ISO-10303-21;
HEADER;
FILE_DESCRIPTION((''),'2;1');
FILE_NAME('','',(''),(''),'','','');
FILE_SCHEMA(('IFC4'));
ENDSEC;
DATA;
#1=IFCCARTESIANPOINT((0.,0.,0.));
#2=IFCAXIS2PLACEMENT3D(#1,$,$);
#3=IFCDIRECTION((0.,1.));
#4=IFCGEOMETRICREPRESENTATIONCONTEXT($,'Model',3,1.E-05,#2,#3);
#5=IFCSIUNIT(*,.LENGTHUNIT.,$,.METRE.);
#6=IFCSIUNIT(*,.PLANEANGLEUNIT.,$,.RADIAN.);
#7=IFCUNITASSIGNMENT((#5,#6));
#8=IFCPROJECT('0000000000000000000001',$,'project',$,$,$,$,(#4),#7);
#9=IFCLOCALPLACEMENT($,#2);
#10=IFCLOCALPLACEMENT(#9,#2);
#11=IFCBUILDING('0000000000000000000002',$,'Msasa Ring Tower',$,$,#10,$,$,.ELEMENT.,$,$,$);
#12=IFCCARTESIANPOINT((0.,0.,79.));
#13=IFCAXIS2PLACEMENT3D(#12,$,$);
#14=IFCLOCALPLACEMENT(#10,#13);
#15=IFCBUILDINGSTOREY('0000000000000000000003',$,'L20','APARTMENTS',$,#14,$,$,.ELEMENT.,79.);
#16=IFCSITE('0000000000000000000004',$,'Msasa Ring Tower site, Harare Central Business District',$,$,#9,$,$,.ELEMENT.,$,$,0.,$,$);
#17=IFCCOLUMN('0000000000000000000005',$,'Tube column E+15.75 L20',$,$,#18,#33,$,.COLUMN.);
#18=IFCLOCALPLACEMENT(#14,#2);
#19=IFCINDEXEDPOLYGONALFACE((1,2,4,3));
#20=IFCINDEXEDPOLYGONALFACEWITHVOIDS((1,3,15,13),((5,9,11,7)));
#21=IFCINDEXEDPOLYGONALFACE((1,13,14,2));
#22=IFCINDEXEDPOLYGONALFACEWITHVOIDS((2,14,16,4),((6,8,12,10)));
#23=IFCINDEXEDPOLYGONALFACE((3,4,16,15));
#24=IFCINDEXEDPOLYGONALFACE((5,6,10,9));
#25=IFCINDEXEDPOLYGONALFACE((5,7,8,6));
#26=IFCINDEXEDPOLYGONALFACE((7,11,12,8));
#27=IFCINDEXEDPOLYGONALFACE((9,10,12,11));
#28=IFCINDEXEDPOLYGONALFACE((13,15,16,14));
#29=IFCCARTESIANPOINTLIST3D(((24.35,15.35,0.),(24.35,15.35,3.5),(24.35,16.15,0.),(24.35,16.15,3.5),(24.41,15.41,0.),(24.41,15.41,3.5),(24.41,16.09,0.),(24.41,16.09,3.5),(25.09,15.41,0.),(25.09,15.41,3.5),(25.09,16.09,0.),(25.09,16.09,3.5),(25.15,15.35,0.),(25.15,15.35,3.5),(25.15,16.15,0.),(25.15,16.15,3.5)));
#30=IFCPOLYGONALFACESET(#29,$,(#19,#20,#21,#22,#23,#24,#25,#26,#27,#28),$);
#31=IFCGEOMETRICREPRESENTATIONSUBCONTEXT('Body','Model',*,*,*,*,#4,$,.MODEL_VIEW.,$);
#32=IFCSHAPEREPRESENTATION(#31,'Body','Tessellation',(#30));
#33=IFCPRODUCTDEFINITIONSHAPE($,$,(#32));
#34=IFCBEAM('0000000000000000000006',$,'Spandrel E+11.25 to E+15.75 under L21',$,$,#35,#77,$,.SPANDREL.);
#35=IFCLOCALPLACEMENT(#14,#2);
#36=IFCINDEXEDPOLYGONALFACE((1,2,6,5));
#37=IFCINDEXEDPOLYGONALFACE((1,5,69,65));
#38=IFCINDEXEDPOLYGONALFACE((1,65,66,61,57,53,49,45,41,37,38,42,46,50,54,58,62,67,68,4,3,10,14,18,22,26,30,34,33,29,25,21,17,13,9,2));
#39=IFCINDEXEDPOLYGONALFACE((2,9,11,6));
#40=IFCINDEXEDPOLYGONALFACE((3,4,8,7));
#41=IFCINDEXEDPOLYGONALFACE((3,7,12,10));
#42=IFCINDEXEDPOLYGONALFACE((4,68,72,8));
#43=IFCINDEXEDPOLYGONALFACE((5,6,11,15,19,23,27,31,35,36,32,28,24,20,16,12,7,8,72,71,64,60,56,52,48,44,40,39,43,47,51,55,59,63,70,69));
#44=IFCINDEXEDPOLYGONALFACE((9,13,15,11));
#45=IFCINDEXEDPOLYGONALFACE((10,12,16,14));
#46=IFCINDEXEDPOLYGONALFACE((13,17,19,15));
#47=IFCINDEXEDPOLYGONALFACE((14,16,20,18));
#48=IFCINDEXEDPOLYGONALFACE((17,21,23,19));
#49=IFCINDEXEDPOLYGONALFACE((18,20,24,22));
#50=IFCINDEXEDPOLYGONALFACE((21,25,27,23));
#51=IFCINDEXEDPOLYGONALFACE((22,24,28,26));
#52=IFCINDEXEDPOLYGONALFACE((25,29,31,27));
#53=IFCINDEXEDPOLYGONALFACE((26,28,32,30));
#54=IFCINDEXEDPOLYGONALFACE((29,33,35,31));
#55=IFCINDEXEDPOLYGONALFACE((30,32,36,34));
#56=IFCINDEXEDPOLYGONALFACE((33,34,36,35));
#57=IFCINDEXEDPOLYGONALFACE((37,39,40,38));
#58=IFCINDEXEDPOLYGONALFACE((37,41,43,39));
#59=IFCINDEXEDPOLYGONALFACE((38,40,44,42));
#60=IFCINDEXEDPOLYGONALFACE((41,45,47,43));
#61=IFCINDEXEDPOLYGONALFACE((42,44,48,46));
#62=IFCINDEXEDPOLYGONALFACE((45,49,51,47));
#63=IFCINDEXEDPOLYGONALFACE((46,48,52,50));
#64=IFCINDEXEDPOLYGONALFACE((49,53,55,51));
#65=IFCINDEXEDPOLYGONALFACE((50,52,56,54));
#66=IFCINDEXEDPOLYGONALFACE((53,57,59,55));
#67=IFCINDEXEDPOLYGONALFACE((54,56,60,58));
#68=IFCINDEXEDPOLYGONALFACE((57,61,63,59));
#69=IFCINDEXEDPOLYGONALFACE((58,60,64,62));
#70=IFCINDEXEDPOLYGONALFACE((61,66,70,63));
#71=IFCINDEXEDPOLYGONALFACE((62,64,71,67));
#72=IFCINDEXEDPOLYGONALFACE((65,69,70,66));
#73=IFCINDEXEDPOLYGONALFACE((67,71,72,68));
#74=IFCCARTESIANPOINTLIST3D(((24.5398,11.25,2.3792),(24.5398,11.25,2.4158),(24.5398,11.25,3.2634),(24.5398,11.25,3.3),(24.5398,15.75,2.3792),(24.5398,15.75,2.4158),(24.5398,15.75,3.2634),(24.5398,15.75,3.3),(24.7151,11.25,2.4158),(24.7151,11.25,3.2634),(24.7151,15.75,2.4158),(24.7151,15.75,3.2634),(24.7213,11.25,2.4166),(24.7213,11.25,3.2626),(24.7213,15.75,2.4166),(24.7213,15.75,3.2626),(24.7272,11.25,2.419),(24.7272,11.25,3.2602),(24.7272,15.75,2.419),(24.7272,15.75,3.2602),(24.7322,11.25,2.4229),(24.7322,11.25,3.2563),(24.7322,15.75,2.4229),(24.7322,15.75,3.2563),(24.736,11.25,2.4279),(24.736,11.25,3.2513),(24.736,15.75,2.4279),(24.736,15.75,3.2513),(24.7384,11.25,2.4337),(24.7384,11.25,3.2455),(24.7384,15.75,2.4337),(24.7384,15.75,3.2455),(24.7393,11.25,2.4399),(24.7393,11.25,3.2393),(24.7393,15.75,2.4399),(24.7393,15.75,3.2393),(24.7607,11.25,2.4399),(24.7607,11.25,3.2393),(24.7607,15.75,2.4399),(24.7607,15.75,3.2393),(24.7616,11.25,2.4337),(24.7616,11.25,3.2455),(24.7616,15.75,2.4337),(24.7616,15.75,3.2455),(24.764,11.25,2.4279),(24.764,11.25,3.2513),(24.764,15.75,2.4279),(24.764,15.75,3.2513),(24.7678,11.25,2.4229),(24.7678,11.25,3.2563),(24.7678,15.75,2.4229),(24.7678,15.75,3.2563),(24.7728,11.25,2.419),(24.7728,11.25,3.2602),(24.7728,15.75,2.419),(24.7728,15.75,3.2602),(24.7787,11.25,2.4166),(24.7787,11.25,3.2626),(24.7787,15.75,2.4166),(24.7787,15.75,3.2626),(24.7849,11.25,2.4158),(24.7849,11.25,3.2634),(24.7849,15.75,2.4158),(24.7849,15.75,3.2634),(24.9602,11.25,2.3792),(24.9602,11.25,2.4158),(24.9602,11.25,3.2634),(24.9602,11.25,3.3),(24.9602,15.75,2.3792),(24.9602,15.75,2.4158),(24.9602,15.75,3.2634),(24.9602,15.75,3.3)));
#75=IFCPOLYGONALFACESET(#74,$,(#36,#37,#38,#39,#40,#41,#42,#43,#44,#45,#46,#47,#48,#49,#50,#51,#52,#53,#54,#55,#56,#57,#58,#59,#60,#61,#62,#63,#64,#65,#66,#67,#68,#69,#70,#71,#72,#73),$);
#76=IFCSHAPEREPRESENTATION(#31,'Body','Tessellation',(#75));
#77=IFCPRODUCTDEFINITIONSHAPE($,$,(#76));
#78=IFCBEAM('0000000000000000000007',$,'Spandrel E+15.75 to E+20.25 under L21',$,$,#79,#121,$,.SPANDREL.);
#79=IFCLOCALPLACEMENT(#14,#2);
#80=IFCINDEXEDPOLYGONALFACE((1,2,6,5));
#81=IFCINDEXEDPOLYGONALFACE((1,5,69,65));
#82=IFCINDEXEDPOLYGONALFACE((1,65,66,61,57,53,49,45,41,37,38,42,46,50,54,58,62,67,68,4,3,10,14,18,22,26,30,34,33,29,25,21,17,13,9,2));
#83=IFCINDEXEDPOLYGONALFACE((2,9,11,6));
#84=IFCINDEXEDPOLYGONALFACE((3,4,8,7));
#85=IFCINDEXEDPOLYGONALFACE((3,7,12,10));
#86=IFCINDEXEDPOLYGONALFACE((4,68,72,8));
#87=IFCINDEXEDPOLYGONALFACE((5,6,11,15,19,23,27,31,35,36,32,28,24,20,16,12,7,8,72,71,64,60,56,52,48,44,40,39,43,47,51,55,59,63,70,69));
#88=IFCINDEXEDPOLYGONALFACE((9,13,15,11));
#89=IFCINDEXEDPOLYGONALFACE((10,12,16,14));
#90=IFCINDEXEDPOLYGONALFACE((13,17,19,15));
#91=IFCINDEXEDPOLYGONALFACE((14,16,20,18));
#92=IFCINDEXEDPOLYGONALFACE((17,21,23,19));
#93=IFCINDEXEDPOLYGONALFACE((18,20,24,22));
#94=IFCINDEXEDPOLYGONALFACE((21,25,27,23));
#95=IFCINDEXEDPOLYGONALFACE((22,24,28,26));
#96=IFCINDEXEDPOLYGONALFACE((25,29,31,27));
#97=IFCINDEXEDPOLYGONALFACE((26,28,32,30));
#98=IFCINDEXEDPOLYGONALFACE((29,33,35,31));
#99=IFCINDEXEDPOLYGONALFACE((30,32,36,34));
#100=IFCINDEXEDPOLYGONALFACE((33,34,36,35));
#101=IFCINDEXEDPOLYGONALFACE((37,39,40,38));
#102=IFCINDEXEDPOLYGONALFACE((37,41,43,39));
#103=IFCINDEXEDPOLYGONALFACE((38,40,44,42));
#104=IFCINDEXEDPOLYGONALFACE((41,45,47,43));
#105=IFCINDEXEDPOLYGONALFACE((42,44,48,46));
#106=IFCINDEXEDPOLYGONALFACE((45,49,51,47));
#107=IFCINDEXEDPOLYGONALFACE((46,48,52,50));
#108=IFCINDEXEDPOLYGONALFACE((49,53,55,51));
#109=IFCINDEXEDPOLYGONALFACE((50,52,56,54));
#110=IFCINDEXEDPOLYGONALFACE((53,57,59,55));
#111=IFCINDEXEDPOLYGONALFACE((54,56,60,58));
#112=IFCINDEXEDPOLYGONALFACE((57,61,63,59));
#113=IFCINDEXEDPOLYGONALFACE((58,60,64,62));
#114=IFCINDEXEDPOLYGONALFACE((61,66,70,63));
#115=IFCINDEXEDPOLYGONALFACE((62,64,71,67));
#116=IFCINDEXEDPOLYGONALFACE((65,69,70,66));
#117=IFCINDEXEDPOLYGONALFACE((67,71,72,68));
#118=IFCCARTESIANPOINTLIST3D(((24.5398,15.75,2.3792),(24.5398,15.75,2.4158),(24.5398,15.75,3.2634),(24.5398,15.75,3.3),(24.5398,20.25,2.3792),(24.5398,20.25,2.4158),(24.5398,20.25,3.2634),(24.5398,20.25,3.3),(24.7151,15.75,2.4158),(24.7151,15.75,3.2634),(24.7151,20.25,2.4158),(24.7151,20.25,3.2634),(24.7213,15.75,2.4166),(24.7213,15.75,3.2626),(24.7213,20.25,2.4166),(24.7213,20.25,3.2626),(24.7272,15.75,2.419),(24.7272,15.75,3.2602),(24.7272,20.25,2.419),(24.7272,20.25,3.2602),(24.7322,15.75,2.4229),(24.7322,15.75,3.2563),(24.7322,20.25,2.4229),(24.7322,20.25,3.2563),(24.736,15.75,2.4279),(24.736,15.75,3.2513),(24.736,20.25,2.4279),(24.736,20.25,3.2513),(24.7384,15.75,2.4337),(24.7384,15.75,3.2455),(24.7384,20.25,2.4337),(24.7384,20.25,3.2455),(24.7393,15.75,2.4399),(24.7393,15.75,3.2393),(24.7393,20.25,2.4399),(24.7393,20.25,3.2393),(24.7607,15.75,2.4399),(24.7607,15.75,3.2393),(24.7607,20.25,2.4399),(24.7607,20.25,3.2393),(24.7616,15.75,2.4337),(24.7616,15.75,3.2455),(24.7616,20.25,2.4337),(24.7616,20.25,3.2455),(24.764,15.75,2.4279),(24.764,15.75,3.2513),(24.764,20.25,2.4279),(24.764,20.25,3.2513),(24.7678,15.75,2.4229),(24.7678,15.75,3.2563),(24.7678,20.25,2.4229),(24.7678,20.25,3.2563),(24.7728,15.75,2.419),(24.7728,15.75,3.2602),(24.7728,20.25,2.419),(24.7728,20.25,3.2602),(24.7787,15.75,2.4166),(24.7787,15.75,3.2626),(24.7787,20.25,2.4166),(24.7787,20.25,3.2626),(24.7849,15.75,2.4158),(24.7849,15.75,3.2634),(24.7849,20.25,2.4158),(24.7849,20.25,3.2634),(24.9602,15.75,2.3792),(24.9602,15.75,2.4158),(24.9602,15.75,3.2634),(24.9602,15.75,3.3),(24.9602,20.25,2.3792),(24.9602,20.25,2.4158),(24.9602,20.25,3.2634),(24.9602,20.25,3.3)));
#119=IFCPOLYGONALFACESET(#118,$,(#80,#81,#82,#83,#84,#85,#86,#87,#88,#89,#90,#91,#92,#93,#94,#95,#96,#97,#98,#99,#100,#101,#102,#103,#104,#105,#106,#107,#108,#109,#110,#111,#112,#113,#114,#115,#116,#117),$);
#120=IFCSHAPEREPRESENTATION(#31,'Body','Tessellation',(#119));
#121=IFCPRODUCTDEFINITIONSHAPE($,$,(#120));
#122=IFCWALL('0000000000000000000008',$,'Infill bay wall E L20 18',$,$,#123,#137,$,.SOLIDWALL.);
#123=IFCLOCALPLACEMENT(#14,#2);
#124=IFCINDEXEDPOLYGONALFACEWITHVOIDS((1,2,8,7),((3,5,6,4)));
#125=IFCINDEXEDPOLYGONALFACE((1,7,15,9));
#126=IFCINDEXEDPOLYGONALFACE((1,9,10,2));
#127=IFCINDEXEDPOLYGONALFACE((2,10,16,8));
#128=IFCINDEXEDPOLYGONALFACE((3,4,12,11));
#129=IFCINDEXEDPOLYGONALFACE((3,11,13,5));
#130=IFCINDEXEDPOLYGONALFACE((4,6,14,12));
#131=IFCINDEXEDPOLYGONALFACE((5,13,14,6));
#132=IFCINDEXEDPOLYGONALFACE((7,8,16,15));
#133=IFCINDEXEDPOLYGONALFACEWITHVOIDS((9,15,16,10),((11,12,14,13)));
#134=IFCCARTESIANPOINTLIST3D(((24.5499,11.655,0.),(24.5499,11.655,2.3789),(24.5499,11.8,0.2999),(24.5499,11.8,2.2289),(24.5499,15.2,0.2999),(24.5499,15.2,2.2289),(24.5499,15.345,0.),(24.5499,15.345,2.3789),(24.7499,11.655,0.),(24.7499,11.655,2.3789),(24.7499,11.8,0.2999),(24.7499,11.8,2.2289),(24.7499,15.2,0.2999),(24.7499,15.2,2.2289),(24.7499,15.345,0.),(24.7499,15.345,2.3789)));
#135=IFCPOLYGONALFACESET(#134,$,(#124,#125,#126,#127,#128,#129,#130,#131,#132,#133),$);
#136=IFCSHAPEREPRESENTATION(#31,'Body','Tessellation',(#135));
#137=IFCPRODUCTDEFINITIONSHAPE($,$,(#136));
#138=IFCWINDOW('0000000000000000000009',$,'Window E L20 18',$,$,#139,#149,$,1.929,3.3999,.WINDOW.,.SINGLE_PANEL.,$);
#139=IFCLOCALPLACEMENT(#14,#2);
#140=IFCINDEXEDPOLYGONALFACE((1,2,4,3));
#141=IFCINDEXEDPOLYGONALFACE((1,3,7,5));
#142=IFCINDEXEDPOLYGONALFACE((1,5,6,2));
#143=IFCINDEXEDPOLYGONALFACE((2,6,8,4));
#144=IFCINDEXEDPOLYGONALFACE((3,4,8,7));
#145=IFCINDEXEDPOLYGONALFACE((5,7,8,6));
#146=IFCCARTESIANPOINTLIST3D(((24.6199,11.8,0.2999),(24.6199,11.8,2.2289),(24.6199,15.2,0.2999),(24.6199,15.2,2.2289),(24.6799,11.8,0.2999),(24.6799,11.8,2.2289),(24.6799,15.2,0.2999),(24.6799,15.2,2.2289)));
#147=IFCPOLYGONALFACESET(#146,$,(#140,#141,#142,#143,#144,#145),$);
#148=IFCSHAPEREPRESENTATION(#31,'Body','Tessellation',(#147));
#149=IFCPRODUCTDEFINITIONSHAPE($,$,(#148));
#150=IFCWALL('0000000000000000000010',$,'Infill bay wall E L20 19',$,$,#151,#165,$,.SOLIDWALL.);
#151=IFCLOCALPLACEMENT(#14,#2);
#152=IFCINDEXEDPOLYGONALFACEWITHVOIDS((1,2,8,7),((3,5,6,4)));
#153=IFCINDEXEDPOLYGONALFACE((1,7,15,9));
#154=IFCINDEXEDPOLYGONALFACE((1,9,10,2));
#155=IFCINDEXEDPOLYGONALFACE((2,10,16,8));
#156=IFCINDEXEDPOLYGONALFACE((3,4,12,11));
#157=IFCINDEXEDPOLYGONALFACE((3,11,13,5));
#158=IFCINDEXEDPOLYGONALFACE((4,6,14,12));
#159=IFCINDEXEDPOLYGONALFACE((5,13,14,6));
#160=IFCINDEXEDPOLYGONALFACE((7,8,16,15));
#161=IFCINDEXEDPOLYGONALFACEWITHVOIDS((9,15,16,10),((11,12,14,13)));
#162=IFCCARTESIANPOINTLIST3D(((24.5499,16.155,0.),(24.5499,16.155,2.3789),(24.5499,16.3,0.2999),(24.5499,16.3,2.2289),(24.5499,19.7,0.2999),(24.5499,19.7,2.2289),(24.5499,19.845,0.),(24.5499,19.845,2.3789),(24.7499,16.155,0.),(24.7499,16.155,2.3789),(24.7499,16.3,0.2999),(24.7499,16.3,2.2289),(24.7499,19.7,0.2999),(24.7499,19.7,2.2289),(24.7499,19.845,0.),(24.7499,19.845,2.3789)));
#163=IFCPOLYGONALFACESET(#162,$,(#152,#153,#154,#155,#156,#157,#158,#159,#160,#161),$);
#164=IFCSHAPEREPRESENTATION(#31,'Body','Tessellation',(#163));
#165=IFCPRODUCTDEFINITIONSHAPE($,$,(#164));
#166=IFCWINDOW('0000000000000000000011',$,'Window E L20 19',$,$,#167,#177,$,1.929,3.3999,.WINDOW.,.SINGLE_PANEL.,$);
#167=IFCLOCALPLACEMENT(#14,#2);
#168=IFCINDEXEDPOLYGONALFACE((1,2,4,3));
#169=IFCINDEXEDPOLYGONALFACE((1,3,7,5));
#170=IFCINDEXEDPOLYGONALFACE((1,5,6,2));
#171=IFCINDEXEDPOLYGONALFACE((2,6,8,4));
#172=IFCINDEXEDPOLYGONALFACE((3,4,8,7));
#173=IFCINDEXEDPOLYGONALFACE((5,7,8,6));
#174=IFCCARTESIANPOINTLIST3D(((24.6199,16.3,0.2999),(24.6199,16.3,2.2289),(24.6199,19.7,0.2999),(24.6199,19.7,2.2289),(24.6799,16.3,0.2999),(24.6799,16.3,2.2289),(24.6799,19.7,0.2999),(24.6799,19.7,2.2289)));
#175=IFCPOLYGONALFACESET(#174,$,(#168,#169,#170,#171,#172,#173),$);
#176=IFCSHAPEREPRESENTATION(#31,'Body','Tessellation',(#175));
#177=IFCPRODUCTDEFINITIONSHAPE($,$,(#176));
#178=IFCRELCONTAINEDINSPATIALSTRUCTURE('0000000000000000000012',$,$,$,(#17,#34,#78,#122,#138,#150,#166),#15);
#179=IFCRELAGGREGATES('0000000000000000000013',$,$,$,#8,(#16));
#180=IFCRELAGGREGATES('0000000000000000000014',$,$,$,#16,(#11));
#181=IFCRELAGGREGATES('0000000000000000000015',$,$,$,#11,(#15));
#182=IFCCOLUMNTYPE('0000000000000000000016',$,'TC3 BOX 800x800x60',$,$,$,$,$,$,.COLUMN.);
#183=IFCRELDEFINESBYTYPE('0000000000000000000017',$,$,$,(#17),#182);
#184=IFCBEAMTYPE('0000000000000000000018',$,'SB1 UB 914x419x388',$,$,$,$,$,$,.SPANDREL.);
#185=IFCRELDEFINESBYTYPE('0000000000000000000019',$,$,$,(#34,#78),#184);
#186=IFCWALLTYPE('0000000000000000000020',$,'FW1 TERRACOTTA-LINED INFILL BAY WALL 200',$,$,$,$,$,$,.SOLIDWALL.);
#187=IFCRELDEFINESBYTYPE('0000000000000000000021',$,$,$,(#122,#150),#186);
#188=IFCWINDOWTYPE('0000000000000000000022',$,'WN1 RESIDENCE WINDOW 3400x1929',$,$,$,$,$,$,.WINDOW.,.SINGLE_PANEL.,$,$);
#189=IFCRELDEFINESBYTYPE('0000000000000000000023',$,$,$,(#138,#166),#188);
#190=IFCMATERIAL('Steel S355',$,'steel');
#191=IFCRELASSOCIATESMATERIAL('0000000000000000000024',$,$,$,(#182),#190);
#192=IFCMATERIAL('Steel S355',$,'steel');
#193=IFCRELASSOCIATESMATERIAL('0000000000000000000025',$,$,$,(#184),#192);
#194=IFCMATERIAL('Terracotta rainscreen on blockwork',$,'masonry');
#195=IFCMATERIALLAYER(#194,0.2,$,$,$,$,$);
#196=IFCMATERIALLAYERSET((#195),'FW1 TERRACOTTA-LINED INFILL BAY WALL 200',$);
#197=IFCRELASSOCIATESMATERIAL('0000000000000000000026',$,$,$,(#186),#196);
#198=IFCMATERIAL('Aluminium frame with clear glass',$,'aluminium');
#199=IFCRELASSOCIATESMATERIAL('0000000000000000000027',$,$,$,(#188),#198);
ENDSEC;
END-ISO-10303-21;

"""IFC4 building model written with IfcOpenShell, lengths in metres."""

from ifc_helpers import new_model, si_unit, direction, frame, frame_2d, origin, origin_2d, place, context, subcontext, project, spatial, rectangle, hollow_rectangle, i_section, extrude, material, layer, layer_set, material_profile, profile_set, type_object, element, fill, save


model = new_model("IFC4")

# Units and contexts
model_context = context("Model", 3, precision=1e-05, world=origin(), true_north=direction((0.0, 1.0)))
body_context = subcontext(model_context, "Body", "Model", "MODEL_VIEW")
ifc_project = project(units=[si_unit("LENGTHUNIT", "METRE"), si_unit("PLANEANGLEUNIT", "RADIAN")], contexts=[model_context])

# Site, building, storey
site_placement = place(None, origin())
site = spatial("IfcSite", under=ifc_project, at=site_placement, Name="Msasa Ring Tower site, Harare Central Business District", CompositionType="ELEMENT", RefElevation=0.0)
building_placement = place(site_placement, origin())
building = spatial("IfcBuilding", under=site, at=building_placement, Name="Msasa Ring Tower", CompositionType="ELEMENT")
storey_placement = place(building_placement, frame((0.0, 0.0, 79.0)))
storey = spatial("IfcBuildingStorey", under=building, at=storey_placement, Name="L20", Description="APARTMENTS", CompositionType="ELEMENT", Elevation=79.0)

# Column
ifc_material_1 = material(Name="Steel S355", Category="steel")
ifc_material_profile_1 = material_profile(ifc_material_1, hollow_rectangle(XDim=0.8, YDim=0.8, WallThickness=0.0601, at=origin_2d()), Name="BOX 800x800x60")
ifc_profile_set_1 = profile_set([ifc_material_profile_1], Name="Steel S355")
column_type = type_object("IfcColumnType", Name="TC3 BOX 800x800x60", PredefinedType="COLUMN", material=ifc_profile_set_1)
column_placement = place(storey_placement, frame((24.75, 15.75, 0.0), z_axis=(0.0, 0.0, 1.0), x_axis=(1.0, 0.0, 0.0)))
element("IfcColumn", 1, at=column_placement, inside=storey, type_object=column_type, Name="Tube column E+15.75 L20", PredefinedType="COLUMN", context=body_context, shape_type="SweptSolid", body=[
    extrude(hollow_rectangle(XDim=0.8, YDim=0.8, WallThickness=0.0601, at=origin_2d()), origin(), (0.0, 0.0, 1.0), 3.5),
])

# Beams
ifc_material_2 = material(Name="Steel S355", Category="steel")
ifc_material_profile_2 = material_profile(ifc_material_2, i_section(OverallWidth=0.4204, OverallDepth=0.9209, WebThickness=0.0215, FlangeThickness=0.0366, FilletRadius=0.0242, at=origin_2d()), Name="UB 914x419x388")
ifc_profile_set_2 = profile_set([ifc_material_profile_2], Name="Steel S355")
beam_type = type_object("IfcBeamType", Name="SB1 UB 914x419x388", PredefinedType="SPANDREL", material=ifc_profile_set_2)
for number, where, z_axis, x_axis, name in (
    (2, (24.75, 11.25, 2.8396), (0.0, 1.0, 0.0), (-1.0, 0.0, 0.0), "Spandrel E+11.25 to E+15.75 under L21"),
    (3, (24.75, 15.75, 2.8396), (0.0, 1.0, 0.0), (-1.0, 0.0, 0.0), "Spandrel E+15.75 to E+20.25 under L21"),
):
    element("IfcBeam", number, at=place(storey_placement, frame(where, z_axis=z_axis, x_axis=x_axis)), inside=storey, type_object=beam_type, Name=name, PredefinedType="SPANDREL", context=body_context, shape_type="SweptSolid", body=[
        extrude(i_section(OverallWidth=0.4204, OverallDepth=0.9209, WebThickness=0.0215, FlangeThickness=0.0366, FilletRadius=0.0242, at=origin_2d()), origin(), (0.0, 0.0, 1.0), 4.5),
    ])

# Walls, openings, windows
ifc_material_3 = material(Name="Terracotta rainscreen on blockwork", Category="masonry")
ifc_layer_1 = layer(ifc_material_3, 0.2)
ifc_layer_set_1 = layer_set([ifc_layer_1], Name="FW1 TERRACOTTA-LINED INFILL BAY WALL 200")
wall_type_1 = type_object("IfcWallType", Name="FW1 TERRACOTTA-LINED INFILL BAY WALL 200", PredefinedType="SOLIDWALL", material=ifc_layer_set_1)
wall_1_placement = place(storey_placement, frame((24.6499, 11.655, 0.0), z_axis=(0.0, 0.0, 1.0), x_axis=(0.0, 1.0, 0.0)))
wall_1 = element("IfcWall", 4, at=wall_1_placement, inside=storey, type_object=wall_type_1, Name="Infill bay wall E L20 18", PredefinedType="SOLIDWALL", context=body_context, shape_type="SweptSolid", body=[
    extrude(rectangle(XDim=3.6899, YDim=0.2, at=frame_2d((1.845, 0.0))), origin(), (0.0, 0.0, 1.0), 2.3789),
])
opening_1_placement = place(wall_1_placement, frame((0.145, 0.0, 0.3)))
opening_1 = element("IfcOpeningElement", 5, at=opening_1_placement, cuts=wall_1, PredefinedType="OPENING", context=body_context, shape_type="SweptSolid", body=[
    extrude(rectangle(XDim=3.3999, YDim=1.929, at=frame_2d((1.7, 0.9644))), frame((0.0, 0.1099, 0.0), z_axis=(0.0, -1.0, 0.0), x_axis=(1.0, 0.0, 0.0)), (0.0, 0.0, 1.0), 0.22),
])
ifc_material_4 = material(Name="Aluminium frame with clear glass", Category="aluminium")
window_type = type_object("IfcWindowType", Name="WN1 RESIDENCE WINDOW 3400x1929", PartitioningType="SINGLE_PANEL", PredefinedType="WINDOW", material=ifc_material_4)
window_1_placement = place(opening_1_placement, origin())
window_1 = element("IfcWindow", 6, at=window_1_placement, inside=storey, type_object=window_type, Name="Window E L20 18", OverallHeight=1.929, OverallWidth=3.3999, PartitioningType="SINGLE_PANEL", PredefinedType="WINDOW", context=body_context, shape_type="SweptSolid", body=[
    extrude(rectangle(XDim=3.3999, YDim=1.929, at=frame_2d((1.7, 0.9644))), frame((0.0, 0.03, 0.0), z_axis=(0.0, -1.0, 0.0), x_axis=(1.0, 0.0, 0.0)), (0.0, 0.0, 1.0), 0.0601),
])
fill(opening_1, window_1)
wall_2_placement = place(storey_placement, frame((24.6499, 16.155, 0.0), z_axis=(0.0, 0.0, 1.0), x_axis=(0.0, 1.0, 0.0)))
wall_2 = element("IfcWall", 7, at=wall_2_placement, inside=storey, type_object=wall_type_1, Name="Infill bay wall E L20 19", PredefinedType="SOLIDWALL", context=body_context, shape_type="SweptSolid", body=[
    extrude(rectangle(XDim=3.6899, YDim=0.2, at=frame_2d((1.845, 0.0))), origin(), (0.0, 0.0, 1.0), 2.3789),
])
opening_2_placement = place(wall_2_placement, frame((0.145, 0.0, 0.3)))
opening_2 = element("IfcOpeningElement", 8, at=opening_2_placement, cuts=wall_2, PredefinedType="OPENING", context=body_context, shape_type="SweptSolid", body=[
    extrude(rectangle(XDim=3.3999, YDim=1.929, at=frame_2d((1.7, 0.9644))), frame((0.0, 0.1099, 0.0), z_axis=(0.0, -1.0, 0.0), x_axis=(1.0, 0.0, 0.0)), (0.0, 0.0, 1.0), 0.22),
])
window_2_placement = place(opening_2_placement, origin())
window_2 = element("IfcWindow", 9, at=window_2_placement, inside=storey, type_object=window_type, Name="Window E L20 19", OverallHeight=1.929, OverallWidth=3.3999, PartitioningType="SINGLE_PANEL", PredefinedType="WINDOW", context=body_context, shape_type="SweptSolid", body=[
    extrude(rectangle(XDim=3.3999, YDim=1.929, at=frame_2d((1.7, 0.9644))), frame((0.0, 0.03, 0.0), z_axis=(0.0, -1.0, 0.0), x_axis=(1.0, 0.0, 0.0)), (0.0, 0.0, 1.0), 0.0601),
])
fill(opening_2, window_2)

save(model, "model.ifc")
